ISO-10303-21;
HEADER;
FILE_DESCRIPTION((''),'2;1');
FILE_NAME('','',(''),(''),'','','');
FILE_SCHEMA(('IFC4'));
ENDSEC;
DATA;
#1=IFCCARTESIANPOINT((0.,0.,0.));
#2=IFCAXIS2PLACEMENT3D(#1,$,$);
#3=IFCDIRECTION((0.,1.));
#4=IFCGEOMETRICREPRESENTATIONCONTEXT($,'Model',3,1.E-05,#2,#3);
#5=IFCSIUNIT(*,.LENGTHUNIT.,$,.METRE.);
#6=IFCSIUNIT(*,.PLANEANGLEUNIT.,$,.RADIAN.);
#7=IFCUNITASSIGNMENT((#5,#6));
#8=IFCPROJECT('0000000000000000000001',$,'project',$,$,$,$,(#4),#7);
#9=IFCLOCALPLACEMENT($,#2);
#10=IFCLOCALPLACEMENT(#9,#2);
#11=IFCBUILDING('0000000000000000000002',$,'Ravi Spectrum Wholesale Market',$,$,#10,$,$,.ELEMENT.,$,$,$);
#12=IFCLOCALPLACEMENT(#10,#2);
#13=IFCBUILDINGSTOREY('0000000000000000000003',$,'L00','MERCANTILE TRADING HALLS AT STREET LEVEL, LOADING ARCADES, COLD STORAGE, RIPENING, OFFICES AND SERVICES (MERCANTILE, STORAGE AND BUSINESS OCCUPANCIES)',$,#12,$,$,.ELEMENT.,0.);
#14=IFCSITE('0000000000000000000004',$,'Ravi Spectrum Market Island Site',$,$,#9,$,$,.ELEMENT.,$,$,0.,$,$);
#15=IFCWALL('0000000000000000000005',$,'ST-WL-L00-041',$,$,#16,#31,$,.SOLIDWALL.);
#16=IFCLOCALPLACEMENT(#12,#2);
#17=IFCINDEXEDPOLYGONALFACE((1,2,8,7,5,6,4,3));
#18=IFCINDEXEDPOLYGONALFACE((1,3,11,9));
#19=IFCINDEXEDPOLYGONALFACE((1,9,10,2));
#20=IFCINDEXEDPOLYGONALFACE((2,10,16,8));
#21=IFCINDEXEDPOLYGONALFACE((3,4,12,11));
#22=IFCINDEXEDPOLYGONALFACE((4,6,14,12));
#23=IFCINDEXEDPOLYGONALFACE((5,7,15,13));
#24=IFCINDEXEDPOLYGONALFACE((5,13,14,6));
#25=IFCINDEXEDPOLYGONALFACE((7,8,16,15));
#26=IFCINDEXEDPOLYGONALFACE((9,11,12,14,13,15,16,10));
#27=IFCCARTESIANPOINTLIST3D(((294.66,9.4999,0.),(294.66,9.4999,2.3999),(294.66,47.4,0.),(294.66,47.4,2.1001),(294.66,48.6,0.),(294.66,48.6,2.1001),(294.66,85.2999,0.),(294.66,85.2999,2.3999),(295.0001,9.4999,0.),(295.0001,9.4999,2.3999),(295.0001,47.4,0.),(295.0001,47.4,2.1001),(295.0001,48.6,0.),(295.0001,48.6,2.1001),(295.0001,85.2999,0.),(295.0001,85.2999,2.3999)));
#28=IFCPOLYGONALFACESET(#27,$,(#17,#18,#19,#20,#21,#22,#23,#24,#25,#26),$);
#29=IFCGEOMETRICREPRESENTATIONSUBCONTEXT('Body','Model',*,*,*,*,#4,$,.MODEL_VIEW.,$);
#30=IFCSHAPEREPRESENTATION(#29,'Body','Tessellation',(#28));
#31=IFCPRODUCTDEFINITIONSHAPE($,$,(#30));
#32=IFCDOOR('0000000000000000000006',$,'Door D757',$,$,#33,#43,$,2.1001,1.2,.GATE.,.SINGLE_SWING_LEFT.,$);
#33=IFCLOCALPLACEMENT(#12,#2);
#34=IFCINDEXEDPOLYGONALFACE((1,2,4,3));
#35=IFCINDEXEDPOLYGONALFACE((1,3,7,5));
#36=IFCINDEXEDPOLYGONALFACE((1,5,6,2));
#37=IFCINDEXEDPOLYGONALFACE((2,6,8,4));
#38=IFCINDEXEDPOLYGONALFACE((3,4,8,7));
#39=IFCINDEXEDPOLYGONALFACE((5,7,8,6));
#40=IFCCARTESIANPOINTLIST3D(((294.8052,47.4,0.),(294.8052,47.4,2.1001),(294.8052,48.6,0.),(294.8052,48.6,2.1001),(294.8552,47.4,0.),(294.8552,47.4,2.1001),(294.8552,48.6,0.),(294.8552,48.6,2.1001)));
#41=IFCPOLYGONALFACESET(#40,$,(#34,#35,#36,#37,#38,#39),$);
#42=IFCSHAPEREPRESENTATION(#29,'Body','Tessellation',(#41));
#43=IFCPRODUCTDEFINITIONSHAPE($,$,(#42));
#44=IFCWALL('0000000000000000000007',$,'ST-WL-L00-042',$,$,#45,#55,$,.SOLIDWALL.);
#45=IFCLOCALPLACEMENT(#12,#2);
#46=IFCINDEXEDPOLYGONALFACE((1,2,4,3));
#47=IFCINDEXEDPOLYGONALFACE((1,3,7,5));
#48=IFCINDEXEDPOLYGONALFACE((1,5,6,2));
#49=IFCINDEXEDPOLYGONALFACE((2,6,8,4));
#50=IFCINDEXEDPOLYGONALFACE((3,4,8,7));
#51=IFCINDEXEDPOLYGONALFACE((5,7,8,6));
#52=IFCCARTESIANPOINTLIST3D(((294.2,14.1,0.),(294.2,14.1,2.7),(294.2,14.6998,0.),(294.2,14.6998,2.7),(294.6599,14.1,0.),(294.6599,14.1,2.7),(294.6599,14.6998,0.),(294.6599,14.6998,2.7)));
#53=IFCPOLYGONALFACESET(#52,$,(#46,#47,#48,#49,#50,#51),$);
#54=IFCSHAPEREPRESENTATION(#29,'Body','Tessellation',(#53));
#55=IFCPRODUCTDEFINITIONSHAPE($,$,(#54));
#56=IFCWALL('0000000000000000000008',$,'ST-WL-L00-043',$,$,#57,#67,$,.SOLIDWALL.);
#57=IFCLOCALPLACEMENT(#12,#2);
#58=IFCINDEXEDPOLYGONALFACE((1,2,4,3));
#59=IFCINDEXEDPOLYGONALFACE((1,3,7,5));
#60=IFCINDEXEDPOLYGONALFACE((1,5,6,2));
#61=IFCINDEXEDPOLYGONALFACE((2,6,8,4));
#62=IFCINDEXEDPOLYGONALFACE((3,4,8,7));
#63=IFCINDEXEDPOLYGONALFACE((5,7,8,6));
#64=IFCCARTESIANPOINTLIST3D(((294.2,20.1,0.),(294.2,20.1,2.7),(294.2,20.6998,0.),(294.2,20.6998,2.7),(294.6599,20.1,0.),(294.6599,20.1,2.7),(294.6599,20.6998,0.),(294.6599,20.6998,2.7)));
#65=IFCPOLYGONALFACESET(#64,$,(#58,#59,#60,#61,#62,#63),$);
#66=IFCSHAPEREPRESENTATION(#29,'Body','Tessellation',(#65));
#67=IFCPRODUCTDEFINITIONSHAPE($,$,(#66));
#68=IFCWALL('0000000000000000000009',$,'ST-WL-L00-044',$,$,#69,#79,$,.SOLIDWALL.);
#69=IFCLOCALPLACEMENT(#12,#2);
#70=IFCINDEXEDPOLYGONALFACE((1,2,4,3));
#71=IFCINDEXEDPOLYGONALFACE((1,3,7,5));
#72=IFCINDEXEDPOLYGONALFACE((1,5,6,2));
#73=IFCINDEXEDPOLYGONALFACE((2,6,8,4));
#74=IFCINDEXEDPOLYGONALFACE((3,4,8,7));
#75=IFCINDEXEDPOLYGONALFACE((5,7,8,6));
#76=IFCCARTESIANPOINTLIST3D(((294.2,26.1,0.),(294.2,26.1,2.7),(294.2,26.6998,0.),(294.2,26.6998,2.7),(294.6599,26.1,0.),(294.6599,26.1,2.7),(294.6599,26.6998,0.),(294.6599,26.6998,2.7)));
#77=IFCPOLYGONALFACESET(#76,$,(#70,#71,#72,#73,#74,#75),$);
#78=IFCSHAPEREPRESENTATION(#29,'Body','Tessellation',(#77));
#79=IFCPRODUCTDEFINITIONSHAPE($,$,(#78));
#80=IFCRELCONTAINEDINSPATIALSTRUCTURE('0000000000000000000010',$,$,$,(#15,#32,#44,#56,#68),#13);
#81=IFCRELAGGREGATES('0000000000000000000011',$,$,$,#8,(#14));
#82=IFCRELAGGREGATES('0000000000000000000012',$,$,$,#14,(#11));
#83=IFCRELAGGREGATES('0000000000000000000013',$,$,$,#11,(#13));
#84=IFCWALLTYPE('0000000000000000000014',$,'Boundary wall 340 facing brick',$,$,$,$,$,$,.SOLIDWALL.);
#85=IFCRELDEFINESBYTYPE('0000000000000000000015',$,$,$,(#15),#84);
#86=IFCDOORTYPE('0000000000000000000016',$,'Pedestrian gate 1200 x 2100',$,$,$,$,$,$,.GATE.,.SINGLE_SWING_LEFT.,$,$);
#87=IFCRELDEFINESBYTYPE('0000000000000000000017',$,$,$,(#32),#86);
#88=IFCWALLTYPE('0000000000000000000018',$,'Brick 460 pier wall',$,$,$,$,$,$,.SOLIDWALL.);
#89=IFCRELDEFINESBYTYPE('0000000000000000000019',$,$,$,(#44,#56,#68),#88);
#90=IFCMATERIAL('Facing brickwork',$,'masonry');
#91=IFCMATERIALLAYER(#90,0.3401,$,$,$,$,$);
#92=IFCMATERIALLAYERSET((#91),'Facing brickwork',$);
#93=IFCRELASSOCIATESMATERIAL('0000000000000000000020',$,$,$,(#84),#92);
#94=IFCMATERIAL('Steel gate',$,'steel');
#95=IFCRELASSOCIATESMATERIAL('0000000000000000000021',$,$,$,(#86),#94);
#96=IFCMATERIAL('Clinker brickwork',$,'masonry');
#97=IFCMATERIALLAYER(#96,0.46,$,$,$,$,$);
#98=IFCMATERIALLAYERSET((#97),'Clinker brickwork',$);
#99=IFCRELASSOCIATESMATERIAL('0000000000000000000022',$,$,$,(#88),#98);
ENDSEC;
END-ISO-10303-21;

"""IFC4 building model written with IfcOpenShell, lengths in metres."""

from ifc_helpers import new_model, si_unit, direction, frame, frame_2d, origin, place, context, subcontext, project, spatial, rectangle, extrude, material, layer, layer_set, type_object, element, fill, save


model = new_model("IFC4")

# Units and contexts
model_context = context("Model", 3, precision=1e-05, world=origin(), true_north=direction((0.0, 1.0)))
body_context = subcontext(model_context, "Body", "Model", "MODEL_VIEW")
ifc_project = project(units=[si_unit("LENGTHUNIT", "METRE"), si_unit("PLANEANGLEUNIT", "RADIAN")], contexts=[model_context])

# Site, building, storey
site_placement = place(None, origin())
site = spatial("IfcSite", under=ifc_project, at=site_placement, Name="Ravi Spectrum Market Island Site", CompositionType="ELEMENT", RefElevation=0.0)
building_placement = place(site_placement, origin())
building = spatial("IfcBuilding", under=site, at=building_placement, Name="Ravi Spectrum Wholesale Market", CompositionType="ELEMENT")
storey_placement = place(building_placement, origin())
storey = spatial("IfcBuildingStorey", under=building, at=storey_placement, Name="L00", Description="MERCANTILE TRADING HALLS AT STREET LEVEL, LOADING ARCADES, COLD STORAGE, RIPENING, OFFICES AND SERVICES (MERCANTILE, STORAGE AND BUSINESS OCCUPANCIES)", CompositionType="ELEMENT", Elevation=0.0)

# Wall, opening, door
ifc_material_1 = material(Name="Facing brickwork", Category="masonry")
ifc_layer_1 = layer(ifc_material_1, 0.3401)
ifc_layer_set_1 = layer_set([ifc_layer_1], Name="Facing brickwork")
wall_type_1 = type_object("IfcWallType", Name="Boundary wall 340 facing brick", PredefinedType="SOLIDWALL", material=ifc_layer_set_1)
wall_1_placement = place(storey_placement, frame((294.8301, 9.5, 0.0), z_axis=(0.0, 0.0, 1.0), x_axis=(0.0, 1.0, 0.0)))
wall_1 = element("IfcWall", 1, at=wall_1_placement, inside=storey, type_object=wall_type_1, Name="ST-WL-L00-041", PredefinedType="SOLIDWALL", context=body_context, shape_type="SweptSolid", body=[
    extrude(rectangle(XDim=75.8, YDim=0.3401, at=frame_2d((37.8999, 0.0))), origin(), (0.0, 0.0, 1.0), 2.3999),
])
opening_1_placement = place(wall_1_placement, frame((37.8999, 0.0, 0.0)))
opening_1 = element("IfcOpeningElement", 2, at=opening_1_placement, cuts=wall_1, PredefinedType="OPENING", context=body_context, shape_type="SweptSolid", body=[
    extrude(rectangle(XDim=1.2, YDim=2.1001, at=frame_2d((0.6001, 1.05))), frame((0.0, 0.1799, 0.0), z_axis=(0.0, -1.0, 0.0), x_axis=(1.0, 0.0, 0.0)), (0.0, 0.0, 1.0), 0.3601),
])
ifc_material_2 = material(Name="Steel gate", Category="steel")
door_type_1 = type_object("IfcDoorType", Name="Pedestrian gate 1200 x 2100", OperationType="SINGLE_SWING_LEFT", PredefinedType="GATE", material=ifc_material_2)
door_1_placement = place(opening_1_placement, origin())
door_1 = element("IfcDoor", 3, at=door_1_placement, inside=storey, type_object=door_type_1, Name="Door D757", OperationType="SINGLE_SWING_LEFT", OverallHeight=2.1001, OverallWidth=1.2, PredefinedType="GATE", context=body_context, shape_type="SweptSolid", body=[
    extrude(rectangle(XDim=1.2, YDim=2.1001, at=frame_2d((0.6001, 1.05))), frame((0.0, 0.0249, 0.0), z_axis=(0.0, -1.0, 0.0), x_axis=(1.0, 0.0, 0.0)), (0.0, 0.0, 1.0), 0.05),
])
fill(opening_1, door_1)

# Walls
ifc_material_3 = material(Name="Clinker brickwork", Category="masonry")
ifc_layer_2 = layer(ifc_material_3, 0.46)
ifc_layer_set_2 = layer_set([ifc_layer_2], Name="Clinker brickwork")
wall_type_2 = type_object("IfcWallType", Name="Brick 460 pier wall", PredefinedType="SOLIDWALL", material=ifc_layer_set_2)
for number, where, z_axis, x_axis, name in (
    (4, (294.4299, 14.1001, 0.0), (0.0, 0.0, 1.0), (0.0, 1.0, 0.0), "ST-WL-L00-042"),
    (5, (294.4299, 20.1001, 0.0), (0.0, 0.0, 1.0), (0.0, 1.0, 0.0), "ST-WL-L00-043"),
    (6, (294.4299, 26.1001, 0.0), (0.0, 0.0, 1.0), (0.0, 1.0, 0.0), "ST-WL-L00-044"),
):
    element("IfcWall", number, at=place(storey_placement, frame(where, z_axis=z_axis, x_axis=x_axis)), inside=storey, type_object=wall_type_2, Name=name, PredefinedType="SOLIDWALL", context=body_context, shape_type="SweptSolid", body=[
        extrude(rectangle(XDim=0.5999, YDim=0.46, at=frame_2d((0.2998, 0.0))), origin(), (0.0, 0.0, 1.0), 2.7),
    ])

save(model, "model.ifc")
